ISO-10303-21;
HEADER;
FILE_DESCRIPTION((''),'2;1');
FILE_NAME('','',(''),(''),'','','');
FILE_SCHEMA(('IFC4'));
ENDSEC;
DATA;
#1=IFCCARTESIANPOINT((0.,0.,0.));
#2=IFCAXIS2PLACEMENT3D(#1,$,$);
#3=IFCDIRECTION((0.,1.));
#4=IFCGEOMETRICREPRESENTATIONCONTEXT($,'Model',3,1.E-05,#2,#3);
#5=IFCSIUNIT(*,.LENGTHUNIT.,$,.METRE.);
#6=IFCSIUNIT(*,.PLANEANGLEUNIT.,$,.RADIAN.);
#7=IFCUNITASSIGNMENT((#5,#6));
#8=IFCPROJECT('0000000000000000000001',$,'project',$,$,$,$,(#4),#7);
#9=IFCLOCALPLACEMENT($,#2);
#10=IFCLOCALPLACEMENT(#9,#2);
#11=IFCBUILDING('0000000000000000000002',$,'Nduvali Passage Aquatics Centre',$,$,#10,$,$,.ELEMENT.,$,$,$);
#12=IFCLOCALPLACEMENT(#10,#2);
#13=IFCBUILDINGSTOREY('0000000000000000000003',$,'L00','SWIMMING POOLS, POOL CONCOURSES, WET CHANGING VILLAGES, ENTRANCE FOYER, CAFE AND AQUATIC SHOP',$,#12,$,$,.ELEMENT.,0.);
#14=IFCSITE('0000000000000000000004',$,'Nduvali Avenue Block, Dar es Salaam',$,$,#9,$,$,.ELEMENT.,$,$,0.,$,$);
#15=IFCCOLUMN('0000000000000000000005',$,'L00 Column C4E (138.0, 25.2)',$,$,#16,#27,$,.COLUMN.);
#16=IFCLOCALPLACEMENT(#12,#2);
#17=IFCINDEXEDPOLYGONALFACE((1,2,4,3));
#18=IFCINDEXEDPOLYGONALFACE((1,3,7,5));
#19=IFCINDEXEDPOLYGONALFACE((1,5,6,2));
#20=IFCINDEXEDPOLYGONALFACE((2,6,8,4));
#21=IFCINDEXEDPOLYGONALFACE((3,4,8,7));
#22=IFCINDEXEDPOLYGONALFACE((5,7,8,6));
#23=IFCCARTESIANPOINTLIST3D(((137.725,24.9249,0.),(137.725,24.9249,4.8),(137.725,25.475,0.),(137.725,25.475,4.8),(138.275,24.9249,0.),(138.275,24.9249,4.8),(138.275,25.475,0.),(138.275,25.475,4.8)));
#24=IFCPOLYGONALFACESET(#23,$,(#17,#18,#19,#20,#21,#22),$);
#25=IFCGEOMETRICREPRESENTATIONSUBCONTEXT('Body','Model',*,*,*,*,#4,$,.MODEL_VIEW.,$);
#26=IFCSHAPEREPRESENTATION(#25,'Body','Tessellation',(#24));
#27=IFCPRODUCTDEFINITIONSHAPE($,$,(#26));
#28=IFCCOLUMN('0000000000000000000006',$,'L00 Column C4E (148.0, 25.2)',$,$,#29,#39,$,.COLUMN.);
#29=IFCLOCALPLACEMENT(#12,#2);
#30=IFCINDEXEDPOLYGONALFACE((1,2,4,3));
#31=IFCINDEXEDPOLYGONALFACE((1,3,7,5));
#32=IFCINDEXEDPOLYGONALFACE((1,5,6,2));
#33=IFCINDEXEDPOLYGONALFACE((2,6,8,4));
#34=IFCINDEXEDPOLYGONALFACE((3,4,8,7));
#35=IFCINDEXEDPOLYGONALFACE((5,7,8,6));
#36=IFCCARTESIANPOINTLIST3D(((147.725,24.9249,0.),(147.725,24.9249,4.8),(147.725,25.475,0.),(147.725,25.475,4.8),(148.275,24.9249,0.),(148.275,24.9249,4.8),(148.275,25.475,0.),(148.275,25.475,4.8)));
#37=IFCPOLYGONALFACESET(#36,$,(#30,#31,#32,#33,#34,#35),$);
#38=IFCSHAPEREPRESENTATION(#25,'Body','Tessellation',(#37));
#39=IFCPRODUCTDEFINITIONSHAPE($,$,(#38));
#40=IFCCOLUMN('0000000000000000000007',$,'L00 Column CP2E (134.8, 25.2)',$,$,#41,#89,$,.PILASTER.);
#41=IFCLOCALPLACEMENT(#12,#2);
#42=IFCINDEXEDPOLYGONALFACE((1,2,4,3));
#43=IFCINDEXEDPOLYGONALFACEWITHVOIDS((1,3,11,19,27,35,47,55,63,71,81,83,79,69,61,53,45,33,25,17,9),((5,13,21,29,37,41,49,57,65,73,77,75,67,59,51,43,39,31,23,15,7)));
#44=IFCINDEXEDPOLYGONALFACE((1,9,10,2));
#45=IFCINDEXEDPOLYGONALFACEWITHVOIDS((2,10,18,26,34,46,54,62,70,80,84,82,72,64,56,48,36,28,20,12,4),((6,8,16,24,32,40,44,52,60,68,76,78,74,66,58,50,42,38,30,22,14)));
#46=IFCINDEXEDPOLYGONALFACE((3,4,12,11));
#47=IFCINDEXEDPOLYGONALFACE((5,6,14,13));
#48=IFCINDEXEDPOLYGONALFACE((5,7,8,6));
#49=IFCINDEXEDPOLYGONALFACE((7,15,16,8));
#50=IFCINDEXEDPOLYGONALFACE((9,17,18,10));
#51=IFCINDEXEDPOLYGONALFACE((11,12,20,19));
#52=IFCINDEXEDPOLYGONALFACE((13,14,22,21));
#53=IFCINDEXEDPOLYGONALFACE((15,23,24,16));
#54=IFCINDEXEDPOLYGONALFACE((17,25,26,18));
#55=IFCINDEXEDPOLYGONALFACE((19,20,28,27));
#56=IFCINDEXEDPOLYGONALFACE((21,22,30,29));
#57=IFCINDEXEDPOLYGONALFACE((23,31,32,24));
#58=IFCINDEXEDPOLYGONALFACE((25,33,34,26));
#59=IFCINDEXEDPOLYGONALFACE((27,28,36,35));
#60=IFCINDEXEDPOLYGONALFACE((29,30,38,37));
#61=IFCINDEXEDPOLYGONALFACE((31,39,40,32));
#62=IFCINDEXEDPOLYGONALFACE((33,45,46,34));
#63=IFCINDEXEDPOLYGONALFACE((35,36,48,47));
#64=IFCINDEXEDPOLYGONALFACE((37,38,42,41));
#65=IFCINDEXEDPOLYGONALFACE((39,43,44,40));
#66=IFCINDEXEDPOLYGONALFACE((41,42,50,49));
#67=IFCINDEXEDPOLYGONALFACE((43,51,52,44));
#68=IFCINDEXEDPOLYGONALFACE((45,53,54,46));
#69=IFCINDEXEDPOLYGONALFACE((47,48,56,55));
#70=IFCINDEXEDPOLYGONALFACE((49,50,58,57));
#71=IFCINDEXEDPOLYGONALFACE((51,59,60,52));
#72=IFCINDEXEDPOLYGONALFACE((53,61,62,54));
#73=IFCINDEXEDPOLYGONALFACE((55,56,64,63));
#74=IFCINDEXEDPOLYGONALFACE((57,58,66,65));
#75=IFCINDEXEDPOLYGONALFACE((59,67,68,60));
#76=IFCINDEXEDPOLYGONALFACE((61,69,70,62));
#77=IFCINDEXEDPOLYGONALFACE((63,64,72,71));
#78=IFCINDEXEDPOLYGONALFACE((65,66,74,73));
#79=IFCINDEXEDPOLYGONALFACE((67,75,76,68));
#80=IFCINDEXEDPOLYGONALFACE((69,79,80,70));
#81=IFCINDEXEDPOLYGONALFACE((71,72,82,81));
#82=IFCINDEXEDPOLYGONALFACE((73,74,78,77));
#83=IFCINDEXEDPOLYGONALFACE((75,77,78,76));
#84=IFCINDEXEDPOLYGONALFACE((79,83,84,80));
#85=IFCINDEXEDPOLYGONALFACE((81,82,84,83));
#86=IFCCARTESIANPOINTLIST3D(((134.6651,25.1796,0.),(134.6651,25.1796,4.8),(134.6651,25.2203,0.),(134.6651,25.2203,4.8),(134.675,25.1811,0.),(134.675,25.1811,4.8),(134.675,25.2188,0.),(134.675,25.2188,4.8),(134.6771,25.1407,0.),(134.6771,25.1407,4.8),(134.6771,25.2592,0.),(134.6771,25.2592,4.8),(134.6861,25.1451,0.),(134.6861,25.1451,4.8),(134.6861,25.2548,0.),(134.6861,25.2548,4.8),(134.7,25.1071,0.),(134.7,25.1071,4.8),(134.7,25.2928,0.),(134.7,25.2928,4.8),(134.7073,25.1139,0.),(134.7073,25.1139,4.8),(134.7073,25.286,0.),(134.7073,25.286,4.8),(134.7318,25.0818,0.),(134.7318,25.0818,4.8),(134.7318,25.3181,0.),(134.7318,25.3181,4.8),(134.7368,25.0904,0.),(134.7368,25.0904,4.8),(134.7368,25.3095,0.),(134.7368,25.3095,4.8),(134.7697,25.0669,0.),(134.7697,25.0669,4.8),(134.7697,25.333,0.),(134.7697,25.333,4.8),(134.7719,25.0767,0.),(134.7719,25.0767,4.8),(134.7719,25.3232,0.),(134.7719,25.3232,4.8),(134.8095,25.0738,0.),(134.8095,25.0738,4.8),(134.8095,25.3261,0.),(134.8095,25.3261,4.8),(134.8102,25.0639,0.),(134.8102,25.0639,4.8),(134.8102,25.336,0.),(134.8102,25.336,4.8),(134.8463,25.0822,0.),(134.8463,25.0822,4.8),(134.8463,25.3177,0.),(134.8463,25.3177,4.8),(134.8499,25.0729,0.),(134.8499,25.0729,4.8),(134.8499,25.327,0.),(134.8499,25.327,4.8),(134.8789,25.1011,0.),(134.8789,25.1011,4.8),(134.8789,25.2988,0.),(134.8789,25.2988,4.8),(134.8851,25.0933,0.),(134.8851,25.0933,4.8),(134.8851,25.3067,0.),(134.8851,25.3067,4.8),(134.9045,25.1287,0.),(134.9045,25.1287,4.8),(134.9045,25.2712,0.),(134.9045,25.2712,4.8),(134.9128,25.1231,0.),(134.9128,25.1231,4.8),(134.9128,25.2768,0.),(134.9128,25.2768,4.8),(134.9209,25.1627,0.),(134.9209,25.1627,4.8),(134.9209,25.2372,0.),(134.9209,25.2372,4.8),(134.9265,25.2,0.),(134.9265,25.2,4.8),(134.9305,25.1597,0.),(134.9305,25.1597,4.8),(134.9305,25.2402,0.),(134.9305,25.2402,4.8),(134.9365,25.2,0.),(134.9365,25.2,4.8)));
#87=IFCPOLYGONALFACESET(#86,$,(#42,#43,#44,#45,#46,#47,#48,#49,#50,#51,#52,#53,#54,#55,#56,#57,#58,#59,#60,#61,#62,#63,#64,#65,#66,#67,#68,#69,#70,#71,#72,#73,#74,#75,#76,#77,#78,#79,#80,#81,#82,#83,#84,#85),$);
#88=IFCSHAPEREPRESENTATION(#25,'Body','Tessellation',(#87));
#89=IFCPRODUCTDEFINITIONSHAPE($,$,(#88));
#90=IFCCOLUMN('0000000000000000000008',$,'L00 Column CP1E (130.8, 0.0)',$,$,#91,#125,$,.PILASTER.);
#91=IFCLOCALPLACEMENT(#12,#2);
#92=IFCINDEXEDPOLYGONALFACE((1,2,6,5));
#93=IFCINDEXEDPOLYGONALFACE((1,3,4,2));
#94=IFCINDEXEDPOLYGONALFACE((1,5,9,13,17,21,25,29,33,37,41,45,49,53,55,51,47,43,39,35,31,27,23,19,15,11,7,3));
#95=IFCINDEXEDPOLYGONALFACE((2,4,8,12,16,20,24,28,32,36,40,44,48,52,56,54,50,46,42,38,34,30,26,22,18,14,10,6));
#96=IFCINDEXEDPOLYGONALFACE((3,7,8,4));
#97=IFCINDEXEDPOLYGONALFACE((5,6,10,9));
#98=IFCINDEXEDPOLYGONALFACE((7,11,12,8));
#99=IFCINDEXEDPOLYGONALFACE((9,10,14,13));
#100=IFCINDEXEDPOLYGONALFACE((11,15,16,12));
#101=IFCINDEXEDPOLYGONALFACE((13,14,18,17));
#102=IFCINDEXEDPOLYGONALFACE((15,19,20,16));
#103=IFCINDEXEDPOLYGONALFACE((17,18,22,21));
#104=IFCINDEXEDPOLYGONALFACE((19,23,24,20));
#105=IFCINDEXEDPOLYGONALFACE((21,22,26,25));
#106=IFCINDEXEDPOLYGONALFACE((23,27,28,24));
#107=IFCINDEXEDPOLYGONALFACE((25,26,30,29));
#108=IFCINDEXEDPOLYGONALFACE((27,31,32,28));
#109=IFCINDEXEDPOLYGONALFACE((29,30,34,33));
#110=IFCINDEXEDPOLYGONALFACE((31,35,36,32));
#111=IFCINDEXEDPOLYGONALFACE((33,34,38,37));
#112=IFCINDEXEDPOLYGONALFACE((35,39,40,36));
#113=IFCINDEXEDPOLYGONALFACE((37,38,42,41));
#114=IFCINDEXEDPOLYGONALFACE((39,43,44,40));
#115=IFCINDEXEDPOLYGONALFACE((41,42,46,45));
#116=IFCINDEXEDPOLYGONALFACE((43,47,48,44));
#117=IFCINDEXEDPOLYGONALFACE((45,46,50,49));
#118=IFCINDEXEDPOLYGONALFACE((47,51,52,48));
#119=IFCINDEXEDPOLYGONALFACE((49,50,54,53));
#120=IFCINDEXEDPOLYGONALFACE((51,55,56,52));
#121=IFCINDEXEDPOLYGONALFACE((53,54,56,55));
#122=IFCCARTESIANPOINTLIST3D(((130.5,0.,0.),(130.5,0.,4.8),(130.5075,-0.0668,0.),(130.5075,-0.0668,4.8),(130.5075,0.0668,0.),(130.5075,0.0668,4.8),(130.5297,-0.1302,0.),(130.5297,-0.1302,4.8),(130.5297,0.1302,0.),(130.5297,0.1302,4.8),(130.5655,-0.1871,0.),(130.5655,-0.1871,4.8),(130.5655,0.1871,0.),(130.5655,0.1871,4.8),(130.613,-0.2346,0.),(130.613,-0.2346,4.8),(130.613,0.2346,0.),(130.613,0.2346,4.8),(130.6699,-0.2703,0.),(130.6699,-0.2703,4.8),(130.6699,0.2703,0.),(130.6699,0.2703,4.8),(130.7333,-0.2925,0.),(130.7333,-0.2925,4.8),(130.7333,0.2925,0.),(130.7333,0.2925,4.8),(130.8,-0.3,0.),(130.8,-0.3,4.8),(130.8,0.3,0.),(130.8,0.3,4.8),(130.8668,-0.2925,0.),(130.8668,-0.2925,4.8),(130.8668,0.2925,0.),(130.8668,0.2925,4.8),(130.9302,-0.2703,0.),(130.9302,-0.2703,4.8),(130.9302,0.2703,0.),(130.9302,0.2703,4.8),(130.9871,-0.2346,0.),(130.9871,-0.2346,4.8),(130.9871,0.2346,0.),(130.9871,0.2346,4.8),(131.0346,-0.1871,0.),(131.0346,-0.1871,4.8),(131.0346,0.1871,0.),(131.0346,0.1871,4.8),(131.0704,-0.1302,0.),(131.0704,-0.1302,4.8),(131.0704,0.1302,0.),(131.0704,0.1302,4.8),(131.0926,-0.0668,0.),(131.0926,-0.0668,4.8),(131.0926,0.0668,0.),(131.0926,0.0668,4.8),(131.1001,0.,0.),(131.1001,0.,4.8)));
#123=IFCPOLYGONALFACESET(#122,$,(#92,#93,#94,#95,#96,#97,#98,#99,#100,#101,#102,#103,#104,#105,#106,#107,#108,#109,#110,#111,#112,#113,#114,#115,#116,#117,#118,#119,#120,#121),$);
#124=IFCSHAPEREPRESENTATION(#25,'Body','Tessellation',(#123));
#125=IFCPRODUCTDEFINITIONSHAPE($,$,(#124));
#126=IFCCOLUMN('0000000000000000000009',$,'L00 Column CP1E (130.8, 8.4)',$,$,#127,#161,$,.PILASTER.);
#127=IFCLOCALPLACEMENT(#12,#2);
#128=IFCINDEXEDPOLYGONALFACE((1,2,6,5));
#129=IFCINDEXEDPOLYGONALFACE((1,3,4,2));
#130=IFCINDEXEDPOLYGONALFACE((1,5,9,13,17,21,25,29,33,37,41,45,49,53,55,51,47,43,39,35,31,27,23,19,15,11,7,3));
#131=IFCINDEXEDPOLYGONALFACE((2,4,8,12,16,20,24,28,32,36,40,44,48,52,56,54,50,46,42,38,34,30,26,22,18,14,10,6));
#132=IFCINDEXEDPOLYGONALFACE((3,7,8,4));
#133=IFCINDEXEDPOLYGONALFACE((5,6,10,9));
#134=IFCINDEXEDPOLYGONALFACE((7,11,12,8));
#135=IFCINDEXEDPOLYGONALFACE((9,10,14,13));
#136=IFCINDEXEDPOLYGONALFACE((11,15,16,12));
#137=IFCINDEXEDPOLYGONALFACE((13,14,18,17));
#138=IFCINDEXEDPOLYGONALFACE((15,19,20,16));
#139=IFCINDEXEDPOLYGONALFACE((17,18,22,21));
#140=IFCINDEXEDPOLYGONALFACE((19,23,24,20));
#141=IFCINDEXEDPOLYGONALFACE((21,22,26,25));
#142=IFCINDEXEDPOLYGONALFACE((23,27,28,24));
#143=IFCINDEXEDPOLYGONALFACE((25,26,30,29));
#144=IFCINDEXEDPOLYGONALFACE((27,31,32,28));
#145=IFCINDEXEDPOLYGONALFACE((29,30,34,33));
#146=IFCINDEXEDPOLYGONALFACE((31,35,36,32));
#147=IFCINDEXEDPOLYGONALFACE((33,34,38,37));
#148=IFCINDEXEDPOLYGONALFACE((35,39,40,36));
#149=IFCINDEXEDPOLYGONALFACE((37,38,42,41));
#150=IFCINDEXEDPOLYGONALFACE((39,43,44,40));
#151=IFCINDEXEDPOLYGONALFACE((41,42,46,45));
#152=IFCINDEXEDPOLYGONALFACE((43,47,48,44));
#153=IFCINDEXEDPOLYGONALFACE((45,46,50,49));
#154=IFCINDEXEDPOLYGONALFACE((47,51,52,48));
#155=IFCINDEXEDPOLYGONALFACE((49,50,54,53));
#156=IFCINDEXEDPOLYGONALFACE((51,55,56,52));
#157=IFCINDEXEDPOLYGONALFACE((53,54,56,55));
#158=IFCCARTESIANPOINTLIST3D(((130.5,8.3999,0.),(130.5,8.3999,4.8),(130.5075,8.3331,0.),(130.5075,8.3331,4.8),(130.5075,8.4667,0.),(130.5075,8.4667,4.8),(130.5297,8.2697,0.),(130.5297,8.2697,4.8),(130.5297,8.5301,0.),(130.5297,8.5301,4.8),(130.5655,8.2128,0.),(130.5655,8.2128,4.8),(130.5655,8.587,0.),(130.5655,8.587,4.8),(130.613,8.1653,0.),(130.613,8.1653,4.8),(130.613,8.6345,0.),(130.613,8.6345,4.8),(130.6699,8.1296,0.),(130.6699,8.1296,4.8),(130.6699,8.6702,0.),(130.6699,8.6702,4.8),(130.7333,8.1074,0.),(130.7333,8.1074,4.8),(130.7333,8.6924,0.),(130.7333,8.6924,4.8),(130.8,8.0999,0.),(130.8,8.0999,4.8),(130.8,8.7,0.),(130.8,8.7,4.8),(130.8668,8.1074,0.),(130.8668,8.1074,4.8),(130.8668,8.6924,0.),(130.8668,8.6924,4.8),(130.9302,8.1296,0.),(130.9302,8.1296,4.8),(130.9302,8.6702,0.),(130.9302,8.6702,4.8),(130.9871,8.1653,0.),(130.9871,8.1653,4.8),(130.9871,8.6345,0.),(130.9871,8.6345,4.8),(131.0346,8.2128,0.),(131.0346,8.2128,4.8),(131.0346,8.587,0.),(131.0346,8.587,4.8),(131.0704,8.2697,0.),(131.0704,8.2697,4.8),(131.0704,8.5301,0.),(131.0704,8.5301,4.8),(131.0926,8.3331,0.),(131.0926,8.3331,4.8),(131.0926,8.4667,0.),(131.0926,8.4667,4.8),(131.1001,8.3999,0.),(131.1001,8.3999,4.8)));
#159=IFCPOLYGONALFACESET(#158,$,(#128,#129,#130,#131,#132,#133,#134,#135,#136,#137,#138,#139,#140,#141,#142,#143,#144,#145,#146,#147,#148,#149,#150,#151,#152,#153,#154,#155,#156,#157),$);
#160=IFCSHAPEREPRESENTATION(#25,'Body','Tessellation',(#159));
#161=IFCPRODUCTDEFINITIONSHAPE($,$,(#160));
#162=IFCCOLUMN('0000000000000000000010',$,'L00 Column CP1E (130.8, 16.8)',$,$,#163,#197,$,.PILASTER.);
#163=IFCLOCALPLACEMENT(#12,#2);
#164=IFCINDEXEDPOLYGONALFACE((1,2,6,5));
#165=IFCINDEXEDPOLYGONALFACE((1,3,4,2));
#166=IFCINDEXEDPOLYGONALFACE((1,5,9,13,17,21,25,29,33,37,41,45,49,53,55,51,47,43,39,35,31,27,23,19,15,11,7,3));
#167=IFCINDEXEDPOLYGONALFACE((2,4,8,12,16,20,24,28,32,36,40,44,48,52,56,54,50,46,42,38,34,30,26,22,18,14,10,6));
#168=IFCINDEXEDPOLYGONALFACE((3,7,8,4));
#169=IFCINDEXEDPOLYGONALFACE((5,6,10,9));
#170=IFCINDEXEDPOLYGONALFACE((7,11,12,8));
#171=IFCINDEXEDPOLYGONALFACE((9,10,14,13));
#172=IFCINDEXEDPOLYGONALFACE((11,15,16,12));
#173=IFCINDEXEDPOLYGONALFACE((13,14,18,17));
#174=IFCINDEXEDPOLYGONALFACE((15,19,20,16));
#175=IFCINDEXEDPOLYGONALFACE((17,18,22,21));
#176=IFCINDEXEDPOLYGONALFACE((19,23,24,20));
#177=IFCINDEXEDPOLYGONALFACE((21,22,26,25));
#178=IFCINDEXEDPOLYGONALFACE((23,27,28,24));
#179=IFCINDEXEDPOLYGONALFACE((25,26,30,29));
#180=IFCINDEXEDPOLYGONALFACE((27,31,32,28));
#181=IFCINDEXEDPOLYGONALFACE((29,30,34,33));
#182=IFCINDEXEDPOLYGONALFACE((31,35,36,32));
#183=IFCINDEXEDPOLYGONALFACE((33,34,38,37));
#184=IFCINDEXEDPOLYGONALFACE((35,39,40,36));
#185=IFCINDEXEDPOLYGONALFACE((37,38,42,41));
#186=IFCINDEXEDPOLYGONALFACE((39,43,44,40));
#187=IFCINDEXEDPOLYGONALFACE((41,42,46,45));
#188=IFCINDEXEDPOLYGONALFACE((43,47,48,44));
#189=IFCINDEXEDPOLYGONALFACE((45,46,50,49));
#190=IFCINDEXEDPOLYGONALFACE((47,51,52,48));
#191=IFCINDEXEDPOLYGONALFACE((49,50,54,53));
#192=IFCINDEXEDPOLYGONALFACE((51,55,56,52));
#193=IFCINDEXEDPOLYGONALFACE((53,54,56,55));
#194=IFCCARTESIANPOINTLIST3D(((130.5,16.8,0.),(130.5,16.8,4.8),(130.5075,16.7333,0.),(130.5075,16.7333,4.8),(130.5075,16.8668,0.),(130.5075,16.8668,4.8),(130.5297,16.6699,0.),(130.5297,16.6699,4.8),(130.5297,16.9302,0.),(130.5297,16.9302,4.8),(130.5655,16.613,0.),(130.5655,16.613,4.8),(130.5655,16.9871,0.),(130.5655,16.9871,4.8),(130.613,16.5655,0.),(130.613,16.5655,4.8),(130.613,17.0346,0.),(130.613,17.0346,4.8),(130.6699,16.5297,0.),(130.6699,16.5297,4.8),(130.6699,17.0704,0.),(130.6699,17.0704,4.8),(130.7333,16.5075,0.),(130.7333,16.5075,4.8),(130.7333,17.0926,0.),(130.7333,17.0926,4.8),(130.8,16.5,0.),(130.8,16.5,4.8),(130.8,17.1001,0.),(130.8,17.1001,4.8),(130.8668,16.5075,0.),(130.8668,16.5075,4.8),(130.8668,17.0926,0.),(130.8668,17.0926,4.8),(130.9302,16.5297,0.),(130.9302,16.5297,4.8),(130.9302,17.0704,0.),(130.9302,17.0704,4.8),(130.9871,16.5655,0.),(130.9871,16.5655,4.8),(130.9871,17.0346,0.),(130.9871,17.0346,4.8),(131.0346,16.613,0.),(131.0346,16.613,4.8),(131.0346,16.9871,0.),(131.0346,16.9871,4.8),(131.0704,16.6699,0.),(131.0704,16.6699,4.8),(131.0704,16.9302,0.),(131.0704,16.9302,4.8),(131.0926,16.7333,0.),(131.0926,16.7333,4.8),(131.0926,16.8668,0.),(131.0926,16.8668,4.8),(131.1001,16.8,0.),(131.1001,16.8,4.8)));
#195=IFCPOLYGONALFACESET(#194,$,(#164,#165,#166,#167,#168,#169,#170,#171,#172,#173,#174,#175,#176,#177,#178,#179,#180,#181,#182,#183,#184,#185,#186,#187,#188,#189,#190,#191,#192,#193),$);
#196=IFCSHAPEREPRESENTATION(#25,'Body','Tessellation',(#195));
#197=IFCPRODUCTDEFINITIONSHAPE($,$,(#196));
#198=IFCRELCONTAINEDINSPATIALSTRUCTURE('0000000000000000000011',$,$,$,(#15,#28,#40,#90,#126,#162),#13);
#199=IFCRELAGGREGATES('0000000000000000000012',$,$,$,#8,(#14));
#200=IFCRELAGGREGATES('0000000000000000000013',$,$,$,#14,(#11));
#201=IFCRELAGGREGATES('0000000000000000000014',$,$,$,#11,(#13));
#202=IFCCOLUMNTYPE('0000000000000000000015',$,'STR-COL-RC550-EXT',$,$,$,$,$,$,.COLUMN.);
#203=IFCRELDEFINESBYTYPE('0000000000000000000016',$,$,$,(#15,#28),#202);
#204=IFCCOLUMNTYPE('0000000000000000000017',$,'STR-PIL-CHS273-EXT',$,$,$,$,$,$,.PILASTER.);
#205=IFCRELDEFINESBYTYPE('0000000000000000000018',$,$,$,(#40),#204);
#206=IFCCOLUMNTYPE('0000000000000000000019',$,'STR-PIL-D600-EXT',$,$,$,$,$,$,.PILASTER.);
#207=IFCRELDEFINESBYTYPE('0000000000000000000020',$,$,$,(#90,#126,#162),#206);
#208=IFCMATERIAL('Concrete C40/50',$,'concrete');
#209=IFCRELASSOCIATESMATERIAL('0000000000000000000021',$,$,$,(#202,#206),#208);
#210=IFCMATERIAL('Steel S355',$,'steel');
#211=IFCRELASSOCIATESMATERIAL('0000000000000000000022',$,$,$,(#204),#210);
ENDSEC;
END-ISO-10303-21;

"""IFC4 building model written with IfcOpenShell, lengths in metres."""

from ifc_helpers import new_model, si_unit, direction, frame, origin, origin_2d, place, context, subcontext, project, spatial, rectangle, circle, hollow_circle, extrude, material, material_profile, profile_set, type_object, element, save


model = new_model("IFC4")

# Units and contexts
model_context = context("Model", 3, precision=1e-05, world=origin(), true_north=direction((0.0, 1.0)))
body_context = subcontext(model_context, "Body", "Model", "MODEL_VIEW")
ifc_project = project(units=[si_unit("LENGTHUNIT", "METRE"), si_unit("PLANEANGLEUNIT", "RADIAN")], contexts=[model_context])

# Site, building, storey
site_placement = place(None, origin())
site = spatial("IfcSite", under=ifc_project, at=site_placement, Name="Nduvali Avenue Block, Dar es Salaam", CompositionType="ELEMENT", RefElevation=0.0)
building_placement = place(site_placement, origin())
building = spatial("IfcBuilding", under=site, at=building_placement, Name="Nduvali Passage Aquatics Centre", CompositionType="ELEMENT")
storey_placement = place(building_placement, origin())
storey = spatial("IfcBuildingStorey", under=building, at=storey_placement, Name="L00", Description="SWIMMING POOLS, POOL CONCOURSES, WET CHANGING VILLAGES, ENTRANCE FOYER, CAFE AND AQUATIC SHOP", CompositionType="ELEMENT", Elevation=0.0)

# Columns
ifc_material_1 = material(Name="Concrete C40/50", Category="concrete")
ifc_material_profile_1 = material_profile(ifc_material_1, rectangle(XDim=0.55, YDim=0.55, at=origin_2d()), Name="RC 550x550")
ifc_profile_set_1 = profile_set([ifc_material_profile_1], Name="Concrete C40/50")
column_type_1 = type_object("IfcColumnType", Name="STR-COL-RC550-EXT", PredefinedType="COLUMN", material=ifc_profile_set_1)
for number, where, z_axis, x_axis, name in (
    (1, (138.0, 25.2, 0.0), (0.0, 0.0, 1.0), (1.0, 0.0, 0.0), "L00 Column C4E (138.0, 25.2)"),
    (2, (148.0, 25.2, 0.0), (0.0, 0.0, 1.0), (1.0, 0.0, 0.0), "L00 Column C4E (148.0, 25.2)"),
):
    element("IfcColumn", number, at=place(storey_placement, frame(where, z_axis=z_axis, x_axis=x_axis)), inside=storey, type_object=column_type_1, Name=name, PredefinedType="COLUMN", context=body_context, shape_type="SweptSolid", body=[
        extrude(rectangle(XDim=0.55, YDim=0.55, at=origin_2d()), origin(), (0.0, 0.0, 1.0), 4.8),
    ])
ifc_material_2 = material(Name="Steel S355", Category="steel")
ifc_material_profile_2 = material_profile(ifc_material_2, hollow_circle(Radius=0.1365, WallThickness=0.01, at=origin_2d()), Name="CHS 273.0x10.0")
ifc_profile_set_2 = profile_set([ifc_material_profile_2], Name="Steel S355")
column_type_2 = type_object("IfcColumnType", Name="STR-PIL-CHS273-EXT", PredefinedType="PILASTER", material=ifc_profile_set_2)
column_placement = place(storey_placement, frame((134.8, 25.2, 0.0), z_axis=(0.0, 0.0, 1.0), x_axis=(1.0, 0.0, 0.0)))
element("IfcColumn", 3, at=column_placement, inside=storey, type_object=column_type_2, Name="L00 Column CP2E (134.8, 25.2)", PredefinedType="PILASTER", context=body_context, shape_type="SweptSolid", body=[
    extrude(hollow_circle(Radius=0.1365, WallThickness=0.01, at=origin_2d()), origin(), (0.0, 0.0, 1.0), 4.8),
])
ifc_material_profile_3 = material_profile(ifc_material_1, circle(Radius=0.3, at=origin_2d()), Name="RC D600")
ifc_profile_set_3 = profile_set([ifc_material_profile_3], Name="Concrete C40/50")
column_type_3 = type_object("IfcColumnType", Name="STR-PIL-D600-EXT", PredefinedType="PILASTER", material=ifc_profile_set_3)
for number, where, z_axis, x_axis, name in (
    (4, (130.8, 0.0, 0.0), (0.0, 0.0, 1.0), (1.0, 0.0, 0.0), "L00 Column CP1E (130.8, 0.0)"),
    (5, (130.8, 8.3999, 0.0), (0.0, 0.0, 1.0), (1.0, 0.0, 0.0), "L00 Column CP1E (130.8, 8.4)"),
    (6, (130.8, 16.8, 0.0), (0.0, 0.0, 1.0), (1.0, 0.0, 0.0), "L00 Column CP1E (130.8, 16.8)"),
):
    element("IfcColumn", number, at=place(storey_placement, frame(where, z_axis=z_axis, x_axis=x_axis)), inside=storey, type_object=column_type_3, Name=name, PredefinedType="PILASTER", context=body_context, shape_type="SweptSolid", body=[
        extrude(circle(Radius=0.3, at=origin_2d()), origin(), (0.0, 0.0, 1.0), 4.8),
    ])

save(model, "model.ifc")
